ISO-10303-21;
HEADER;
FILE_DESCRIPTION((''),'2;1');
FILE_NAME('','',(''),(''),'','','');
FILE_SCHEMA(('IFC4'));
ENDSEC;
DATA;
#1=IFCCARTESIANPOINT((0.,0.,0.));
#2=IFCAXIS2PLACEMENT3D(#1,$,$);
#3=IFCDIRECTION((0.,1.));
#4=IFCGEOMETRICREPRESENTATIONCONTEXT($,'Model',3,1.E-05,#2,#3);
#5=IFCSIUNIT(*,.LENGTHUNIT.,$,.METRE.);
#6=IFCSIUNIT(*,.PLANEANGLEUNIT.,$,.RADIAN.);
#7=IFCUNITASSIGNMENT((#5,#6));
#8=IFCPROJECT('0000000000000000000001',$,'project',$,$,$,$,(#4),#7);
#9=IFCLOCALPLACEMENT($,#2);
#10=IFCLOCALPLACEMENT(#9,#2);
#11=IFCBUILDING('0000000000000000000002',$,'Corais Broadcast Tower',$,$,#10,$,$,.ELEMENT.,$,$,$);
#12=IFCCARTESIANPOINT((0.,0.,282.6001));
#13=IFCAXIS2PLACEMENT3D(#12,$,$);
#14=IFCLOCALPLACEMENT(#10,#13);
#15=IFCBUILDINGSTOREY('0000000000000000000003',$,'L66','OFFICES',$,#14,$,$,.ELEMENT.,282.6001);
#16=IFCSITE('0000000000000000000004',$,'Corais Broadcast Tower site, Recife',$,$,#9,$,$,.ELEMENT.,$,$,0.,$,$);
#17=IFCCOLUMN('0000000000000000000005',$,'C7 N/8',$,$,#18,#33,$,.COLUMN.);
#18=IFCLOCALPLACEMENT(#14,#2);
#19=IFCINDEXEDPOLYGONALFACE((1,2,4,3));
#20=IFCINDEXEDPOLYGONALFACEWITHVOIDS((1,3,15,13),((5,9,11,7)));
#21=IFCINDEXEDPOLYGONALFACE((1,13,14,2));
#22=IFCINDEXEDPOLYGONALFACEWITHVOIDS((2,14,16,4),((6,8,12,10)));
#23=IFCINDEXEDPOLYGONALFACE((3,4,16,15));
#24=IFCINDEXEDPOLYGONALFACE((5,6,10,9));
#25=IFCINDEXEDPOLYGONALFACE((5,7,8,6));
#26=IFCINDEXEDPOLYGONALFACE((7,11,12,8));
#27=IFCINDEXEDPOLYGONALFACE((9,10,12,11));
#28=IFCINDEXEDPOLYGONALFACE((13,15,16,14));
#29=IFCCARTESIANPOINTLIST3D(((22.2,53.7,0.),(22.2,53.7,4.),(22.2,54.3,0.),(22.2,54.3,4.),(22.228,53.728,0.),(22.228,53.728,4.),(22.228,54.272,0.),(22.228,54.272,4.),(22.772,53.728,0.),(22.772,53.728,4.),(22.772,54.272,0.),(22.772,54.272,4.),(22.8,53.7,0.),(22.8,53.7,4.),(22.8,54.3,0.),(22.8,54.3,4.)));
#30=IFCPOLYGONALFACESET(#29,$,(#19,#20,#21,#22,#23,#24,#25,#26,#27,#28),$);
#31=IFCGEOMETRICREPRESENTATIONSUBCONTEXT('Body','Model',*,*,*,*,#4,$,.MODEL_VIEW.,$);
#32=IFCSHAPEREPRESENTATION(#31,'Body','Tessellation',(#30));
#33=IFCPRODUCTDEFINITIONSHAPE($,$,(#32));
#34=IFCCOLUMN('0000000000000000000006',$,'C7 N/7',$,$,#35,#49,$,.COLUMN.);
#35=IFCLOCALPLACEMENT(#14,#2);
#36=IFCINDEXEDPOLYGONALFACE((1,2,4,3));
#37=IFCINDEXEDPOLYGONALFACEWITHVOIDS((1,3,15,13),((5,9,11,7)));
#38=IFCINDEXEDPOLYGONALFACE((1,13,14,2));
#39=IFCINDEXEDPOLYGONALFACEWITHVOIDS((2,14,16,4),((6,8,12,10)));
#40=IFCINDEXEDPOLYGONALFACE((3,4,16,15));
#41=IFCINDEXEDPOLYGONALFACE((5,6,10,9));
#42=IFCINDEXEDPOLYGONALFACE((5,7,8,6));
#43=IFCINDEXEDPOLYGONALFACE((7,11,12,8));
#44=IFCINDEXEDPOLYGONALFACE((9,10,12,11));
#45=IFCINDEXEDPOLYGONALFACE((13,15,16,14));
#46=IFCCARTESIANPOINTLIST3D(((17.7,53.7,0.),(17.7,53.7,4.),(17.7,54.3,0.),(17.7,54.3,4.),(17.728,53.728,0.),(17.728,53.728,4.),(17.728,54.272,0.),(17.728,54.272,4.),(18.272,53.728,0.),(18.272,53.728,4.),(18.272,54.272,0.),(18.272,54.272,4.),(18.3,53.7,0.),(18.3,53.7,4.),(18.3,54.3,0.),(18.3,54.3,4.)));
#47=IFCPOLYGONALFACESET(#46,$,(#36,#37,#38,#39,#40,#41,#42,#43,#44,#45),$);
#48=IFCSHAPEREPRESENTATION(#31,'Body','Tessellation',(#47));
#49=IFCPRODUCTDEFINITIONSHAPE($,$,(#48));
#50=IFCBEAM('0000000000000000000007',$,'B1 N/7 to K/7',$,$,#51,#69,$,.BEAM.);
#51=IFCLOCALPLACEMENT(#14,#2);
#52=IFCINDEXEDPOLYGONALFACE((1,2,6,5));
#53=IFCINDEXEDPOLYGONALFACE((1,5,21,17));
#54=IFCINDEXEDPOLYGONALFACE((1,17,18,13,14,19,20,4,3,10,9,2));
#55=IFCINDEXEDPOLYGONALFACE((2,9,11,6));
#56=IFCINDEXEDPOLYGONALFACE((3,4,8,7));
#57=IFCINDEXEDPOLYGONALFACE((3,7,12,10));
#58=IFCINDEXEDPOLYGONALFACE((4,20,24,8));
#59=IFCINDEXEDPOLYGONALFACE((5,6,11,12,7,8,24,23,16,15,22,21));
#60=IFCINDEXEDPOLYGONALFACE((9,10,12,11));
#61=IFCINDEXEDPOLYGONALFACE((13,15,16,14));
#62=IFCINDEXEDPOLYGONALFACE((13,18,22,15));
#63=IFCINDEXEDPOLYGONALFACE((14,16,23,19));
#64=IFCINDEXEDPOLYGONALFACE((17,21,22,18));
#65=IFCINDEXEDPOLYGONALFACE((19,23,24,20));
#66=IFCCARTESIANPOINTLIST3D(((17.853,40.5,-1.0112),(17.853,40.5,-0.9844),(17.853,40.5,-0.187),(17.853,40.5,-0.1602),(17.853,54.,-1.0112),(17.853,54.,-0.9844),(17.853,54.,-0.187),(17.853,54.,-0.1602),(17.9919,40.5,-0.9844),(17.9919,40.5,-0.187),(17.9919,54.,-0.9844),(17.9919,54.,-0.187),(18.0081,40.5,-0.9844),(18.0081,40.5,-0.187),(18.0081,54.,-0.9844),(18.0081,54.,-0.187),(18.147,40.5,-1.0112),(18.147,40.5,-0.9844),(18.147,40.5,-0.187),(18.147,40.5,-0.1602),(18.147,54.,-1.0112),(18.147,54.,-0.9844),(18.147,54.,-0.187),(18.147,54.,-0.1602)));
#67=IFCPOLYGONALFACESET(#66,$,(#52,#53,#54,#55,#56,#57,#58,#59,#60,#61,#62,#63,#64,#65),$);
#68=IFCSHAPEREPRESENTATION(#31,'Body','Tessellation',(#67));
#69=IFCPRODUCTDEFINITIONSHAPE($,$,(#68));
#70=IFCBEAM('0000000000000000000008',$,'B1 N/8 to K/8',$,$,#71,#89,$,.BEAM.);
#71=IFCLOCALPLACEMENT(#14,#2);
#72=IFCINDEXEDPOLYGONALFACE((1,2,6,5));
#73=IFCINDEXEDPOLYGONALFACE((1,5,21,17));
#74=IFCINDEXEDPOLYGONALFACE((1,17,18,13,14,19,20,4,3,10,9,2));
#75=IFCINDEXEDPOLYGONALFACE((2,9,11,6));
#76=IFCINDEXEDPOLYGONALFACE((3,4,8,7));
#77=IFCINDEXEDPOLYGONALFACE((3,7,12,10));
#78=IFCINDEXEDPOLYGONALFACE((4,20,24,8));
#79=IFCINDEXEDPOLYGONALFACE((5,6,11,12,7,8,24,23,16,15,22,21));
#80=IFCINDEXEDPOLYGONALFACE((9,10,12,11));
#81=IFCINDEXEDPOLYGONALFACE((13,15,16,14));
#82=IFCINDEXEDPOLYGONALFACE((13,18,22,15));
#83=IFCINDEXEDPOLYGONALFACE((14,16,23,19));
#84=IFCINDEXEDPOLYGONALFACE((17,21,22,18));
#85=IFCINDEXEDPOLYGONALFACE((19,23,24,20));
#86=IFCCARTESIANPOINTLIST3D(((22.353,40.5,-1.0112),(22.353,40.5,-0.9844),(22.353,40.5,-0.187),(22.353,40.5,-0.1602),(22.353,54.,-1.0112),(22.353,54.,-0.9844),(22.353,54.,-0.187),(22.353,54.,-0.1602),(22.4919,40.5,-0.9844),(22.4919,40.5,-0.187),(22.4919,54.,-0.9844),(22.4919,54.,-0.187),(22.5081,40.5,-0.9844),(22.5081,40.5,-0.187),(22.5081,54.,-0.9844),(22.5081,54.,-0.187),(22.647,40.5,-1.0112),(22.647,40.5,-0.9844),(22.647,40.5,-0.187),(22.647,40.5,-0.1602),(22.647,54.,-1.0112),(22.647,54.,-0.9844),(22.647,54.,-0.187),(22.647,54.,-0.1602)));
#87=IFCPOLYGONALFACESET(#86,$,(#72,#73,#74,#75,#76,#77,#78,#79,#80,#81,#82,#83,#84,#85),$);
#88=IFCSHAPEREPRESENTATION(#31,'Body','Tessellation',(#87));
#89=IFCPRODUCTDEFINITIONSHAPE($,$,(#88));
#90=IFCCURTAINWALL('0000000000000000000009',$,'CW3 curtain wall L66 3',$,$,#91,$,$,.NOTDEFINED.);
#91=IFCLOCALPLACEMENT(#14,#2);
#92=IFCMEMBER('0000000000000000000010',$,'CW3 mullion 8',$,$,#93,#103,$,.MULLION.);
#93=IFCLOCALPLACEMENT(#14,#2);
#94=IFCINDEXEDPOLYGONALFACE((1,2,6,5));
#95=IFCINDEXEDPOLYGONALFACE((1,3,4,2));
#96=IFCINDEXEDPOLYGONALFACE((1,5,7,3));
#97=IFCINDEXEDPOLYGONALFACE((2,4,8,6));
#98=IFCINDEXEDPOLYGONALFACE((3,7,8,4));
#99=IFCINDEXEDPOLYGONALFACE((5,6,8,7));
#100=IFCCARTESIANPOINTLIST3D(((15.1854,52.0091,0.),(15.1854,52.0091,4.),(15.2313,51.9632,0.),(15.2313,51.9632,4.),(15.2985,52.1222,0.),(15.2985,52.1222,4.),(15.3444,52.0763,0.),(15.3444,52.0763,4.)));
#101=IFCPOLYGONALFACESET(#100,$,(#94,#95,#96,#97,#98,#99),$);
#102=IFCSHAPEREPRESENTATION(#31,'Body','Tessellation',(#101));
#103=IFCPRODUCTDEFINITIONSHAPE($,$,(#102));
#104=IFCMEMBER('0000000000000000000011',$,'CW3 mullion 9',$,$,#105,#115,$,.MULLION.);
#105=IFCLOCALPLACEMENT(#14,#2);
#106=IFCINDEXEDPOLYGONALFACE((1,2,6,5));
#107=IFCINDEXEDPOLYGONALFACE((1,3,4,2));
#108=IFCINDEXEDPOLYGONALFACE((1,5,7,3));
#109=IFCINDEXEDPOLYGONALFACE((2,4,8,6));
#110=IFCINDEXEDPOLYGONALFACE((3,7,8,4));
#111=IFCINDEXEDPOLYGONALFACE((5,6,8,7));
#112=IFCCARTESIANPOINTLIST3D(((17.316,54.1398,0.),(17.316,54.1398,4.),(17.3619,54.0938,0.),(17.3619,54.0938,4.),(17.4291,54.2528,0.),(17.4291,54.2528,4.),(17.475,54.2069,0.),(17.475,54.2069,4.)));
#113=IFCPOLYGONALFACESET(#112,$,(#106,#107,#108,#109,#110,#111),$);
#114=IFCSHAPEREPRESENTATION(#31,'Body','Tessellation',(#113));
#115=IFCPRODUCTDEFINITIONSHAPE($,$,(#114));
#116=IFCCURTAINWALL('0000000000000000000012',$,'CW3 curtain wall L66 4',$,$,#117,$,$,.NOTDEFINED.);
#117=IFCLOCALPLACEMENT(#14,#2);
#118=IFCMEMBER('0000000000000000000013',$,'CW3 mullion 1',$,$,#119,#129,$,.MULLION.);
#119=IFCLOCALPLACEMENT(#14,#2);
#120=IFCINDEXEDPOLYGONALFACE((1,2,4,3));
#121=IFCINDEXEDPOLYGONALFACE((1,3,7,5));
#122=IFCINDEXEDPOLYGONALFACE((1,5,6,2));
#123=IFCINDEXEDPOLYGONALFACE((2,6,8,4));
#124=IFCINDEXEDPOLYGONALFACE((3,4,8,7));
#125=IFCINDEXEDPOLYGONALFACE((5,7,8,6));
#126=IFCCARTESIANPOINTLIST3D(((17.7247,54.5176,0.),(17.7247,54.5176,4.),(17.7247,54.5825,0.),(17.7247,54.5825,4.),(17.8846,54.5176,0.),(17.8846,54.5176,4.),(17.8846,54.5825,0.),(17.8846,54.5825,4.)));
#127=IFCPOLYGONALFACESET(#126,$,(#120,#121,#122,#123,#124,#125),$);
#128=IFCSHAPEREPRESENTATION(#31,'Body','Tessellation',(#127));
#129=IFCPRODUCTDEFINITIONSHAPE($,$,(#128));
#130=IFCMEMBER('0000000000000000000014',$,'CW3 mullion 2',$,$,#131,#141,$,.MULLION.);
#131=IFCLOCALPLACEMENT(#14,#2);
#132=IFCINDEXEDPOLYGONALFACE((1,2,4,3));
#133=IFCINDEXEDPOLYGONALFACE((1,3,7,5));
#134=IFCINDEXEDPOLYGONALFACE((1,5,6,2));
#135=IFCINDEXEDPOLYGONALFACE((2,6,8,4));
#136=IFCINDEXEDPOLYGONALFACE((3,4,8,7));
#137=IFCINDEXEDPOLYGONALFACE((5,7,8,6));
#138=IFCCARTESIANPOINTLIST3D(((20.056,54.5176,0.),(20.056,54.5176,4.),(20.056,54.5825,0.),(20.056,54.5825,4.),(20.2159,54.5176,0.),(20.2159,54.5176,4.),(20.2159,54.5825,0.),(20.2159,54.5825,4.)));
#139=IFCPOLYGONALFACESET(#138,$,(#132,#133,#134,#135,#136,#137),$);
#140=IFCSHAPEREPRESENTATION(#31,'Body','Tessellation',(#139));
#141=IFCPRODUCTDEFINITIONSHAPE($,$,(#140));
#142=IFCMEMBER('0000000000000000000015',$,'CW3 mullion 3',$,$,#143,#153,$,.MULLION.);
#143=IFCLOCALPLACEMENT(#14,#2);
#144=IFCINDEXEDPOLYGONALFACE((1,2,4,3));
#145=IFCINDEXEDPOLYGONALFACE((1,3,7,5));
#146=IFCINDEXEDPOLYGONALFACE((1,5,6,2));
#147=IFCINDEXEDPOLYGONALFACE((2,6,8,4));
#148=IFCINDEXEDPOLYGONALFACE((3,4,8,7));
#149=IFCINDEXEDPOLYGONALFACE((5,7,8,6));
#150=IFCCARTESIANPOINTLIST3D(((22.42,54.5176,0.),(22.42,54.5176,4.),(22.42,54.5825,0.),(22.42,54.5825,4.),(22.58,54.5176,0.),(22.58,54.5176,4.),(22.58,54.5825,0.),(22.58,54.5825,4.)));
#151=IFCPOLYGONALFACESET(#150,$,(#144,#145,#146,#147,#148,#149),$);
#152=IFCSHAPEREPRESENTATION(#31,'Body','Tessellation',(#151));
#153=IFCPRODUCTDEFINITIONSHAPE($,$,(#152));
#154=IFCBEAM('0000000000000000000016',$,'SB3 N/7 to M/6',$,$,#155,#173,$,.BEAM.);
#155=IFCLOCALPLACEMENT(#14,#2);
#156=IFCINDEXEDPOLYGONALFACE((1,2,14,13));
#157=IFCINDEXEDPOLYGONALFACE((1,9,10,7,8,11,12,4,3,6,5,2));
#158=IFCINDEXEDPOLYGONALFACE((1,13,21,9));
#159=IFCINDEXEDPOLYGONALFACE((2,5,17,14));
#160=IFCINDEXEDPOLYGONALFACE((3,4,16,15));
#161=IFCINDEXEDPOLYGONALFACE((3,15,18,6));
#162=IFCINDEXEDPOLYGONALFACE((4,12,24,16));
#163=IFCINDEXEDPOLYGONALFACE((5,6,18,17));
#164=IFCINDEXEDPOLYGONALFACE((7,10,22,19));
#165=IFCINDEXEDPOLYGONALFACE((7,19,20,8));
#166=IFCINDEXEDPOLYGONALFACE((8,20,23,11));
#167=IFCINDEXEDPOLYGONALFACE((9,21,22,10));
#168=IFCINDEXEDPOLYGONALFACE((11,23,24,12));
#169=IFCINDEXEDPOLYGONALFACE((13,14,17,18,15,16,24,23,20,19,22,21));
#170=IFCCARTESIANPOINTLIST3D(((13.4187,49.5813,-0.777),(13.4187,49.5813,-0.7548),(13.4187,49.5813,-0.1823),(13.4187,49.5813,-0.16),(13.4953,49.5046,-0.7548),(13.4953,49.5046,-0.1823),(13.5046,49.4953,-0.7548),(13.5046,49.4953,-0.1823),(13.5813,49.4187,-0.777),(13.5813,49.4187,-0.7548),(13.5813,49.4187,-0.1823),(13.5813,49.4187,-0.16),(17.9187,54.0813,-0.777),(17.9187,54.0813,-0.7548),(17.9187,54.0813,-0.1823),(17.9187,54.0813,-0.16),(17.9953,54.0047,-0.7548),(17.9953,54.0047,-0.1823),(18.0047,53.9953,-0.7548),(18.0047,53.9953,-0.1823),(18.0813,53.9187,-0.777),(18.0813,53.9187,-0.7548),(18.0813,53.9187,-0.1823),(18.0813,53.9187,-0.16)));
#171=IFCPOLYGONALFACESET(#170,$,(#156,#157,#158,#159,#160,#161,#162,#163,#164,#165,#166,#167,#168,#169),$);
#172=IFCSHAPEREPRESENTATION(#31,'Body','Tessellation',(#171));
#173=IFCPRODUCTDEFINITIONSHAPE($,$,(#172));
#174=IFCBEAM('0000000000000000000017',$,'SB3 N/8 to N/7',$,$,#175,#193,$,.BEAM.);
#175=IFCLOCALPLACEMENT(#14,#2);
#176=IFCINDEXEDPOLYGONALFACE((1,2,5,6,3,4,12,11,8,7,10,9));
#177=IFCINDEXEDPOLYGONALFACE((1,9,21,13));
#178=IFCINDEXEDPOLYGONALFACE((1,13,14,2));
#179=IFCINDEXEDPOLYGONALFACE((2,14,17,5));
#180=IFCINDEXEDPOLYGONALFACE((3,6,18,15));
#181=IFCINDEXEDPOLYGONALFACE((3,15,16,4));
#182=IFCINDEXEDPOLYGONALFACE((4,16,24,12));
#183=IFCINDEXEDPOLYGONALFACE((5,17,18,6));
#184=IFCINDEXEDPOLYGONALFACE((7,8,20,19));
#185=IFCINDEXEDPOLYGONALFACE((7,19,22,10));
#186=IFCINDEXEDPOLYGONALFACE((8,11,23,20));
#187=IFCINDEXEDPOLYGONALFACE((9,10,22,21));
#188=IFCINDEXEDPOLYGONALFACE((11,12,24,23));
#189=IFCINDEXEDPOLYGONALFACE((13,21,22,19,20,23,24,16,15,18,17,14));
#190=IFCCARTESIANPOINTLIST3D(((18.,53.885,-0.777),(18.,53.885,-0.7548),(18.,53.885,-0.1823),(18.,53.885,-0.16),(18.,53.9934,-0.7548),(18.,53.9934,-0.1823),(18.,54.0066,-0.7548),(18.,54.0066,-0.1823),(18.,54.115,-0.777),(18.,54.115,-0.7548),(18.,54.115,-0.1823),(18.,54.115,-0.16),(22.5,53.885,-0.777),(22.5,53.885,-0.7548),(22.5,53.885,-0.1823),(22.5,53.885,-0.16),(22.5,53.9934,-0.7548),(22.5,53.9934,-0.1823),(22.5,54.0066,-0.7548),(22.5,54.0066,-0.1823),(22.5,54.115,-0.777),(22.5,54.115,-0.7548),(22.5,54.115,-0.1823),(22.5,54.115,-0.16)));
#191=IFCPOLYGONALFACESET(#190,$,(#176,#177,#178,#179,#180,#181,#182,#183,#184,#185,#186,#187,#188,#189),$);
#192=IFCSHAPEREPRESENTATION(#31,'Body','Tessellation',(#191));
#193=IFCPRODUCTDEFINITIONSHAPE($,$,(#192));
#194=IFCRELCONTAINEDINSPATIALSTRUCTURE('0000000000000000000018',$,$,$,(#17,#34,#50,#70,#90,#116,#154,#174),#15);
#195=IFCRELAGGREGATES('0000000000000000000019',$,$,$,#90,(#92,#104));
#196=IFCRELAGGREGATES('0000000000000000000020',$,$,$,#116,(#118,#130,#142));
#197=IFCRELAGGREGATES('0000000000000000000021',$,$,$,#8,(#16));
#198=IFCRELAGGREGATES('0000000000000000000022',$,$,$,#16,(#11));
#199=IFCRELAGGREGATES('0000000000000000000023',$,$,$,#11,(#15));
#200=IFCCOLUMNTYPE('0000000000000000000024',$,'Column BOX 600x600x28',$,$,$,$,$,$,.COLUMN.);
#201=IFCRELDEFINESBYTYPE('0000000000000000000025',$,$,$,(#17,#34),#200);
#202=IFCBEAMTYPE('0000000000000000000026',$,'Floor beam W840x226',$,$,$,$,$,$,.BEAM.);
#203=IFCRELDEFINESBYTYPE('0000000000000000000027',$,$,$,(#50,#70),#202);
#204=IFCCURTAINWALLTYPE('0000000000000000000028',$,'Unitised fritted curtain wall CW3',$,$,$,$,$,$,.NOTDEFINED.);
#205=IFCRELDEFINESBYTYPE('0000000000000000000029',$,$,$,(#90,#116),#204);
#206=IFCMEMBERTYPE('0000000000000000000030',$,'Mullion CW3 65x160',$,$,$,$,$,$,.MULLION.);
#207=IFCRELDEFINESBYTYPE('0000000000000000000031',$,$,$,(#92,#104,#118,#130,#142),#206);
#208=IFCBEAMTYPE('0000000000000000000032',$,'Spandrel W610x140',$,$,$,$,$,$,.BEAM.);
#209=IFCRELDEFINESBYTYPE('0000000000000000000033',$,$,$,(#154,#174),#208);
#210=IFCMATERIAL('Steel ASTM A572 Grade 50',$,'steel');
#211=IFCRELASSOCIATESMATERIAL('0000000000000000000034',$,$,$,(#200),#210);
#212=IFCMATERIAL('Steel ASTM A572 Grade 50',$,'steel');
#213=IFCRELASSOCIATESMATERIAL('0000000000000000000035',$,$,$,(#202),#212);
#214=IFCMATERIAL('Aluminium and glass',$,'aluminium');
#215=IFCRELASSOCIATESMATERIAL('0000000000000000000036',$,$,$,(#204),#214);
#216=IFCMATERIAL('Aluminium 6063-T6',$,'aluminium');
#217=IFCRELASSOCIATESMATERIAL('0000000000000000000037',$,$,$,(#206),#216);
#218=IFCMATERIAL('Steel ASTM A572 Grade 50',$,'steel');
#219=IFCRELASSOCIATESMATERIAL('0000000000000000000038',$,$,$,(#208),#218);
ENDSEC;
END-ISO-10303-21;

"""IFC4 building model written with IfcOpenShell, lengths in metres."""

from ifc_helpers import new_model, si_unit, direction, frame, origin, origin_2d, place, context, subcontext, project, spatial, rectangle, hollow_rectangle, i_section, extrude, material, material_profile, profile_set, type_object, element, aggregate, save


model = new_model("IFC4")

# Units and contexts
model_context = context("Model", 3, precision=1e-05, world=origin(), true_north=direction((0.0, 1.0)))
body_context = subcontext(model_context, "Body", "Model", "MODEL_VIEW")
ifc_project = project(units=[si_unit("LENGTHUNIT", "METRE"), si_unit("PLANEANGLEUNIT", "RADIAN")], contexts=[model_context])

# Site, building, storey
site_placement = place(None, origin())
site = spatial("IfcSite", under=ifc_project, at=site_placement, Name="Corais Broadcast Tower site, Recife", CompositionType="ELEMENT", RefElevation=0.0)
building_placement = place(site_placement, origin())
building = spatial("IfcBuilding", under=site, at=building_placement, Name="Corais Broadcast Tower", CompositionType="ELEMENT")
storey_placement = place(building_placement, frame((0.0, 0.0, 282.6001)))
storey = spatial("IfcBuildingStorey", under=building, at=storey_placement, Name="L66", Description="OFFICES", CompositionType="ELEMENT", Elevation=282.6001)

# Columns
ifc_material_1 = material(Name="Steel ASTM A572 Grade 50", Category="steel")
ifc_material_profile_1 = material_profile(ifc_material_1, hollow_rectangle(XDim=0.6001, YDim=0.6001, WallThickness=0.0281, at=origin_2d()), Name="BOX 600x600x28")
ifc_profile_set_1 = profile_set([ifc_material_profile_1], Name="Steel ASTM A572 Grade 50")
column_type = type_object("IfcColumnType", Name="Column BOX 600x600x28", PredefinedType="COLUMN", material=ifc_profile_set_1)
for number, where, z_axis, x_axis, name in (
    (1, (22.5, 54.0, 0.0), (0.0, 0.0, 1.0), (1.0, 0.0, 0.0), "C7 N/8"),
    (2, (18.0, 54.0, 0.0), (0.0, 0.0, 1.0), (1.0, 0.0, 0.0), "C7 N/7"),
):
    element("IfcColumn", number, at=place(storey_placement, frame(where, z_axis=z_axis, x_axis=x_axis)), inside=storey, type_object=column_type, Name=name, PredefinedType="COLUMN", context=body_context, shape_type="SweptSolid", body=[
        extrude(hollow_rectangle(XDim=0.6001, YDim=0.6001, WallThickness=0.0281, at=origin_2d()), origin(), (0.0, 0.0, 1.0), 4.0),
    ])

# Beams
ifc_material_2 = material(Name="Steel ASTM A572 Grade 50", Category="steel")
ifc_material_profile_2 = material_profile(ifc_material_2, i_section(OverallWidth=0.2939, OverallDepth=0.8511, WebThickness=0.0161, FlangeThickness=0.0269, at=origin_2d()), Name="W840x226")
ifc_profile_set_2 = profile_set([ifc_material_profile_2], Name="Steel ASTM A572 Grade 50")
beam_type_1 = type_object("IfcBeamType", Name="Floor beam W840x226", PredefinedType="BEAM", material=ifc_profile_set_2)
for number, where, z_axis, x_axis, name in (
    (3, (18.0, 54.0, -0.5857), (0.0, -1.0, 0.0), (1.0, 0.0, 0.0), "B1 N/7 to K/7"),
    (4, (22.5, 54.0, -0.5857), (0.0, -1.0, 0.0), (1.0, 0.0, 0.0), "B1 N/8 to K/8"),
):
    element("IfcBeam", number, at=place(storey_placement, frame(where, z_axis=z_axis, x_axis=x_axis)), inside=storey, type_object=beam_type_1, Name=name, PredefinedType="BEAM", context=body_context, shape_type="SweptSolid", body=[
        extrude(i_section(OverallWidth=0.2939, OverallDepth=0.8511, WebThickness=0.0161, FlangeThickness=0.0269, at=origin_2d()), origin(), (0.0, 0.0, 1.0), 13.5),
    ])

# Curtain walls, members
ifc_material_3 = material(Name="Aluminium and glass", Category="aluminium")
curtain_wall_type = type_object("IfcCurtainWallType", Name="Unitised fritted curtain wall CW3", PredefinedType="NOTDEFINED", material=ifc_material_3)
curtain_wall_1_placement = place(storey_placement, origin())
curtain_wall_1 = element("IfcCurtainWall", 5, at=curtain_wall_1_placement, inside=storey, type_object=curtain_wall_type, Name="CW3 curtain wall L66 3", PredefinedType="NOTDEFINED")
ifc_material_4 = material(Name="Aluminium 6063-T6", Category="aluminium")
ifc_material_profile_3 = material_profile(ifc_material_4, rectangle(XDim=0.0649, YDim=0.1599, at=origin_2d()), Name="Mullion CW3 65x160")
ifc_profile_set_3 = profile_set([ifc_material_profile_3], Name="Aluminium 6063-T6")
member_type_1 = type_object("IfcMemberType", Name="Mullion CW3 65x160", PredefinedType="MULLION", material=ifc_profile_set_3)
member_1_placement = place(storey_placement, frame((15.2649, 52.0427, 0.0), z_axis=(0.0, 0.0, 1.0), x_axis=(-0.707107, 0.707107, 0.0)))
member_1 = element("IfcMember", 6, at=member_1_placement, type_object=member_type_1, Name="CW3 mullion 8", PredefinedType="MULLION", context=body_context, shape_type="SweptSolid", body=[
    extrude(rectangle(XDim=0.0649, YDim=0.1599, at=origin_2d()), origin(), (0.0, 0.0, 1.0), 4.0),
])
member_2_placement = place(storey_placement, frame((17.3955, 54.1733, 0.0), z_axis=(0.0, 0.0, 1.0), x_axis=(-0.707107, 0.707107, 0.0)))
member_2 = element("IfcMember", 7, at=member_2_placement, type_object=member_type_1, Name="CW3 mullion 9", PredefinedType="MULLION", context=body_context, shape_type="SweptSolid", body=[
    extrude(rectangle(XDim=0.0649, YDim=0.1599, at=origin_2d()), origin(), (0.0, 0.0, 1.0), 4.0),
])
curtain_wall_2_placement = place(storey_placement, origin())
curtain_wall_2 = element("IfcCurtainWall", 8, at=curtain_wall_2_placement, inside=storey, type_object=curtain_wall_type, Name="CW3 curtain wall L66 4", PredefinedType="NOTDEFINED")
member_3_placement = place(storey_placement, frame((17.8047, 54.55, 0.0), z_axis=(0.0, 0.0, 1.0), x_axis=(0.0, 1.0, 0.0)))
member_3 = element("IfcMember", 9, at=member_3_placement, type_object=member_type_1, Name="CW3 mullion 1", PredefinedType="MULLION", context=body_context, shape_type="SweptSolid", body=[
    extrude(rectangle(XDim=0.0649, YDim=0.1599, at=origin_2d()), origin(), (0.0, 0.0, 1.0), 4.0),
])
member_4_placement = place(storey_placement, frame((20.136, 54.55, 0.0), z_axis=(0.0, 0.0, 1.0), x_axis=(0.0, 1.0, 0.0)))
member_4 = element("IfcMember", 10, at=member_4_placement, type_object=member_type_1, Name="CW3 mullion 2", PredefinedType="MULLION", context=body_context, shape_type="SweptSolid", body=[
    extrude(rectangle(XDim=0.0649, YDim=0.1599, at=origin_2d()), origin(), (0.0, 0.0, 1.0), 4.0),
])
member_5_placement = place(storey_placement, frame((22.5, 54.55, 0.0), z_axis=(0.0, 0.0, 1.0), x_axis=(0.0, 1.0, 0.0)))
member_5 = element("IfcMember", 11, at=member_5_placement, type_object=member_type_1, Name="CW3 mullion 3", PredefinedType="MULLION", context=body_context, shape_type="SweptSolid", body=[
    extrude(rectangle(XDim=0.0649, YDim=0.1599, at=origin_2d()), origin(), (0.0, 0.0, 1.0), 4.0),
])

# Beams
ifc_material_5 = material(Name="Steel ASTM A572 Grade 50", Category="steel")
ifc_material_profile_4 = material_profile(ifc_material_5, i_section(OverallWidth=0.23, OverallDepth=0.6169, WebThickness=0.0132, FlangeThickness=0.0222, at=origin_2d()), Name="W610x140")
ifc_profile_set_4 = profile_set([ifc_material_profile_4], Name="Steel ASTM A572 Grade 50")
beam_type_2 = type_object("IfcBeamType", Name="Spandrel W610x140", PredefinedType="BEAM", material=ifc_profile_set_4)
beam_1_placement = place(storey_placement, frame((18.0, 54.0, -0.4685), z_axis=(-0.707107, -0.707107, 0.0), x_axis=(0.707107, -0.707107, 0.0)))
element("IfcBeam", 12, at=beam_1_placement, inside=storey, type_object=beam_type_2, Name="SB3 N/7 to M/6", PredefinedType="BEAM", context=body_context, shape_type="SweptSolid", body=[
    extrude(i_section(OverallWidth=0.23, OverallDepth=0.6169, WebThickness=0.0132, FlangeThickness=0.0222, at=origin_2d()), origin(), (0.0, 0.0, 1.0), 6.364),
])
beam_2_placement = place(storey_placement, frame((22.5, 54.0, -0.4685), z_axis=(-1.0, 0.0, 0.0), x_axis=(0.0, -1.0, 0.0)))
element("IfcBeam", 13, at=beam_2_placement, inside=storey, type_object=beam_type_2, Name="SB3 N/8 to N/7", PredefinedType="BEAM", context=body_context, shape_type="SweptSolid", body=[
    extrude(i_section(OverallWidth=0.23, OverallDepth=0.6169, WebThickness=0.0132, FlangeThickness=0.0222, at=origin_2d()), origin(), (0.0, 0.0, 1.0), 4.5),
])

aggregate(curtain_wall_1, [member_1, member_2])
aggregate(curtain_wall_2, [member_3, member_4, member_5])

save(model, "model.ifc")
